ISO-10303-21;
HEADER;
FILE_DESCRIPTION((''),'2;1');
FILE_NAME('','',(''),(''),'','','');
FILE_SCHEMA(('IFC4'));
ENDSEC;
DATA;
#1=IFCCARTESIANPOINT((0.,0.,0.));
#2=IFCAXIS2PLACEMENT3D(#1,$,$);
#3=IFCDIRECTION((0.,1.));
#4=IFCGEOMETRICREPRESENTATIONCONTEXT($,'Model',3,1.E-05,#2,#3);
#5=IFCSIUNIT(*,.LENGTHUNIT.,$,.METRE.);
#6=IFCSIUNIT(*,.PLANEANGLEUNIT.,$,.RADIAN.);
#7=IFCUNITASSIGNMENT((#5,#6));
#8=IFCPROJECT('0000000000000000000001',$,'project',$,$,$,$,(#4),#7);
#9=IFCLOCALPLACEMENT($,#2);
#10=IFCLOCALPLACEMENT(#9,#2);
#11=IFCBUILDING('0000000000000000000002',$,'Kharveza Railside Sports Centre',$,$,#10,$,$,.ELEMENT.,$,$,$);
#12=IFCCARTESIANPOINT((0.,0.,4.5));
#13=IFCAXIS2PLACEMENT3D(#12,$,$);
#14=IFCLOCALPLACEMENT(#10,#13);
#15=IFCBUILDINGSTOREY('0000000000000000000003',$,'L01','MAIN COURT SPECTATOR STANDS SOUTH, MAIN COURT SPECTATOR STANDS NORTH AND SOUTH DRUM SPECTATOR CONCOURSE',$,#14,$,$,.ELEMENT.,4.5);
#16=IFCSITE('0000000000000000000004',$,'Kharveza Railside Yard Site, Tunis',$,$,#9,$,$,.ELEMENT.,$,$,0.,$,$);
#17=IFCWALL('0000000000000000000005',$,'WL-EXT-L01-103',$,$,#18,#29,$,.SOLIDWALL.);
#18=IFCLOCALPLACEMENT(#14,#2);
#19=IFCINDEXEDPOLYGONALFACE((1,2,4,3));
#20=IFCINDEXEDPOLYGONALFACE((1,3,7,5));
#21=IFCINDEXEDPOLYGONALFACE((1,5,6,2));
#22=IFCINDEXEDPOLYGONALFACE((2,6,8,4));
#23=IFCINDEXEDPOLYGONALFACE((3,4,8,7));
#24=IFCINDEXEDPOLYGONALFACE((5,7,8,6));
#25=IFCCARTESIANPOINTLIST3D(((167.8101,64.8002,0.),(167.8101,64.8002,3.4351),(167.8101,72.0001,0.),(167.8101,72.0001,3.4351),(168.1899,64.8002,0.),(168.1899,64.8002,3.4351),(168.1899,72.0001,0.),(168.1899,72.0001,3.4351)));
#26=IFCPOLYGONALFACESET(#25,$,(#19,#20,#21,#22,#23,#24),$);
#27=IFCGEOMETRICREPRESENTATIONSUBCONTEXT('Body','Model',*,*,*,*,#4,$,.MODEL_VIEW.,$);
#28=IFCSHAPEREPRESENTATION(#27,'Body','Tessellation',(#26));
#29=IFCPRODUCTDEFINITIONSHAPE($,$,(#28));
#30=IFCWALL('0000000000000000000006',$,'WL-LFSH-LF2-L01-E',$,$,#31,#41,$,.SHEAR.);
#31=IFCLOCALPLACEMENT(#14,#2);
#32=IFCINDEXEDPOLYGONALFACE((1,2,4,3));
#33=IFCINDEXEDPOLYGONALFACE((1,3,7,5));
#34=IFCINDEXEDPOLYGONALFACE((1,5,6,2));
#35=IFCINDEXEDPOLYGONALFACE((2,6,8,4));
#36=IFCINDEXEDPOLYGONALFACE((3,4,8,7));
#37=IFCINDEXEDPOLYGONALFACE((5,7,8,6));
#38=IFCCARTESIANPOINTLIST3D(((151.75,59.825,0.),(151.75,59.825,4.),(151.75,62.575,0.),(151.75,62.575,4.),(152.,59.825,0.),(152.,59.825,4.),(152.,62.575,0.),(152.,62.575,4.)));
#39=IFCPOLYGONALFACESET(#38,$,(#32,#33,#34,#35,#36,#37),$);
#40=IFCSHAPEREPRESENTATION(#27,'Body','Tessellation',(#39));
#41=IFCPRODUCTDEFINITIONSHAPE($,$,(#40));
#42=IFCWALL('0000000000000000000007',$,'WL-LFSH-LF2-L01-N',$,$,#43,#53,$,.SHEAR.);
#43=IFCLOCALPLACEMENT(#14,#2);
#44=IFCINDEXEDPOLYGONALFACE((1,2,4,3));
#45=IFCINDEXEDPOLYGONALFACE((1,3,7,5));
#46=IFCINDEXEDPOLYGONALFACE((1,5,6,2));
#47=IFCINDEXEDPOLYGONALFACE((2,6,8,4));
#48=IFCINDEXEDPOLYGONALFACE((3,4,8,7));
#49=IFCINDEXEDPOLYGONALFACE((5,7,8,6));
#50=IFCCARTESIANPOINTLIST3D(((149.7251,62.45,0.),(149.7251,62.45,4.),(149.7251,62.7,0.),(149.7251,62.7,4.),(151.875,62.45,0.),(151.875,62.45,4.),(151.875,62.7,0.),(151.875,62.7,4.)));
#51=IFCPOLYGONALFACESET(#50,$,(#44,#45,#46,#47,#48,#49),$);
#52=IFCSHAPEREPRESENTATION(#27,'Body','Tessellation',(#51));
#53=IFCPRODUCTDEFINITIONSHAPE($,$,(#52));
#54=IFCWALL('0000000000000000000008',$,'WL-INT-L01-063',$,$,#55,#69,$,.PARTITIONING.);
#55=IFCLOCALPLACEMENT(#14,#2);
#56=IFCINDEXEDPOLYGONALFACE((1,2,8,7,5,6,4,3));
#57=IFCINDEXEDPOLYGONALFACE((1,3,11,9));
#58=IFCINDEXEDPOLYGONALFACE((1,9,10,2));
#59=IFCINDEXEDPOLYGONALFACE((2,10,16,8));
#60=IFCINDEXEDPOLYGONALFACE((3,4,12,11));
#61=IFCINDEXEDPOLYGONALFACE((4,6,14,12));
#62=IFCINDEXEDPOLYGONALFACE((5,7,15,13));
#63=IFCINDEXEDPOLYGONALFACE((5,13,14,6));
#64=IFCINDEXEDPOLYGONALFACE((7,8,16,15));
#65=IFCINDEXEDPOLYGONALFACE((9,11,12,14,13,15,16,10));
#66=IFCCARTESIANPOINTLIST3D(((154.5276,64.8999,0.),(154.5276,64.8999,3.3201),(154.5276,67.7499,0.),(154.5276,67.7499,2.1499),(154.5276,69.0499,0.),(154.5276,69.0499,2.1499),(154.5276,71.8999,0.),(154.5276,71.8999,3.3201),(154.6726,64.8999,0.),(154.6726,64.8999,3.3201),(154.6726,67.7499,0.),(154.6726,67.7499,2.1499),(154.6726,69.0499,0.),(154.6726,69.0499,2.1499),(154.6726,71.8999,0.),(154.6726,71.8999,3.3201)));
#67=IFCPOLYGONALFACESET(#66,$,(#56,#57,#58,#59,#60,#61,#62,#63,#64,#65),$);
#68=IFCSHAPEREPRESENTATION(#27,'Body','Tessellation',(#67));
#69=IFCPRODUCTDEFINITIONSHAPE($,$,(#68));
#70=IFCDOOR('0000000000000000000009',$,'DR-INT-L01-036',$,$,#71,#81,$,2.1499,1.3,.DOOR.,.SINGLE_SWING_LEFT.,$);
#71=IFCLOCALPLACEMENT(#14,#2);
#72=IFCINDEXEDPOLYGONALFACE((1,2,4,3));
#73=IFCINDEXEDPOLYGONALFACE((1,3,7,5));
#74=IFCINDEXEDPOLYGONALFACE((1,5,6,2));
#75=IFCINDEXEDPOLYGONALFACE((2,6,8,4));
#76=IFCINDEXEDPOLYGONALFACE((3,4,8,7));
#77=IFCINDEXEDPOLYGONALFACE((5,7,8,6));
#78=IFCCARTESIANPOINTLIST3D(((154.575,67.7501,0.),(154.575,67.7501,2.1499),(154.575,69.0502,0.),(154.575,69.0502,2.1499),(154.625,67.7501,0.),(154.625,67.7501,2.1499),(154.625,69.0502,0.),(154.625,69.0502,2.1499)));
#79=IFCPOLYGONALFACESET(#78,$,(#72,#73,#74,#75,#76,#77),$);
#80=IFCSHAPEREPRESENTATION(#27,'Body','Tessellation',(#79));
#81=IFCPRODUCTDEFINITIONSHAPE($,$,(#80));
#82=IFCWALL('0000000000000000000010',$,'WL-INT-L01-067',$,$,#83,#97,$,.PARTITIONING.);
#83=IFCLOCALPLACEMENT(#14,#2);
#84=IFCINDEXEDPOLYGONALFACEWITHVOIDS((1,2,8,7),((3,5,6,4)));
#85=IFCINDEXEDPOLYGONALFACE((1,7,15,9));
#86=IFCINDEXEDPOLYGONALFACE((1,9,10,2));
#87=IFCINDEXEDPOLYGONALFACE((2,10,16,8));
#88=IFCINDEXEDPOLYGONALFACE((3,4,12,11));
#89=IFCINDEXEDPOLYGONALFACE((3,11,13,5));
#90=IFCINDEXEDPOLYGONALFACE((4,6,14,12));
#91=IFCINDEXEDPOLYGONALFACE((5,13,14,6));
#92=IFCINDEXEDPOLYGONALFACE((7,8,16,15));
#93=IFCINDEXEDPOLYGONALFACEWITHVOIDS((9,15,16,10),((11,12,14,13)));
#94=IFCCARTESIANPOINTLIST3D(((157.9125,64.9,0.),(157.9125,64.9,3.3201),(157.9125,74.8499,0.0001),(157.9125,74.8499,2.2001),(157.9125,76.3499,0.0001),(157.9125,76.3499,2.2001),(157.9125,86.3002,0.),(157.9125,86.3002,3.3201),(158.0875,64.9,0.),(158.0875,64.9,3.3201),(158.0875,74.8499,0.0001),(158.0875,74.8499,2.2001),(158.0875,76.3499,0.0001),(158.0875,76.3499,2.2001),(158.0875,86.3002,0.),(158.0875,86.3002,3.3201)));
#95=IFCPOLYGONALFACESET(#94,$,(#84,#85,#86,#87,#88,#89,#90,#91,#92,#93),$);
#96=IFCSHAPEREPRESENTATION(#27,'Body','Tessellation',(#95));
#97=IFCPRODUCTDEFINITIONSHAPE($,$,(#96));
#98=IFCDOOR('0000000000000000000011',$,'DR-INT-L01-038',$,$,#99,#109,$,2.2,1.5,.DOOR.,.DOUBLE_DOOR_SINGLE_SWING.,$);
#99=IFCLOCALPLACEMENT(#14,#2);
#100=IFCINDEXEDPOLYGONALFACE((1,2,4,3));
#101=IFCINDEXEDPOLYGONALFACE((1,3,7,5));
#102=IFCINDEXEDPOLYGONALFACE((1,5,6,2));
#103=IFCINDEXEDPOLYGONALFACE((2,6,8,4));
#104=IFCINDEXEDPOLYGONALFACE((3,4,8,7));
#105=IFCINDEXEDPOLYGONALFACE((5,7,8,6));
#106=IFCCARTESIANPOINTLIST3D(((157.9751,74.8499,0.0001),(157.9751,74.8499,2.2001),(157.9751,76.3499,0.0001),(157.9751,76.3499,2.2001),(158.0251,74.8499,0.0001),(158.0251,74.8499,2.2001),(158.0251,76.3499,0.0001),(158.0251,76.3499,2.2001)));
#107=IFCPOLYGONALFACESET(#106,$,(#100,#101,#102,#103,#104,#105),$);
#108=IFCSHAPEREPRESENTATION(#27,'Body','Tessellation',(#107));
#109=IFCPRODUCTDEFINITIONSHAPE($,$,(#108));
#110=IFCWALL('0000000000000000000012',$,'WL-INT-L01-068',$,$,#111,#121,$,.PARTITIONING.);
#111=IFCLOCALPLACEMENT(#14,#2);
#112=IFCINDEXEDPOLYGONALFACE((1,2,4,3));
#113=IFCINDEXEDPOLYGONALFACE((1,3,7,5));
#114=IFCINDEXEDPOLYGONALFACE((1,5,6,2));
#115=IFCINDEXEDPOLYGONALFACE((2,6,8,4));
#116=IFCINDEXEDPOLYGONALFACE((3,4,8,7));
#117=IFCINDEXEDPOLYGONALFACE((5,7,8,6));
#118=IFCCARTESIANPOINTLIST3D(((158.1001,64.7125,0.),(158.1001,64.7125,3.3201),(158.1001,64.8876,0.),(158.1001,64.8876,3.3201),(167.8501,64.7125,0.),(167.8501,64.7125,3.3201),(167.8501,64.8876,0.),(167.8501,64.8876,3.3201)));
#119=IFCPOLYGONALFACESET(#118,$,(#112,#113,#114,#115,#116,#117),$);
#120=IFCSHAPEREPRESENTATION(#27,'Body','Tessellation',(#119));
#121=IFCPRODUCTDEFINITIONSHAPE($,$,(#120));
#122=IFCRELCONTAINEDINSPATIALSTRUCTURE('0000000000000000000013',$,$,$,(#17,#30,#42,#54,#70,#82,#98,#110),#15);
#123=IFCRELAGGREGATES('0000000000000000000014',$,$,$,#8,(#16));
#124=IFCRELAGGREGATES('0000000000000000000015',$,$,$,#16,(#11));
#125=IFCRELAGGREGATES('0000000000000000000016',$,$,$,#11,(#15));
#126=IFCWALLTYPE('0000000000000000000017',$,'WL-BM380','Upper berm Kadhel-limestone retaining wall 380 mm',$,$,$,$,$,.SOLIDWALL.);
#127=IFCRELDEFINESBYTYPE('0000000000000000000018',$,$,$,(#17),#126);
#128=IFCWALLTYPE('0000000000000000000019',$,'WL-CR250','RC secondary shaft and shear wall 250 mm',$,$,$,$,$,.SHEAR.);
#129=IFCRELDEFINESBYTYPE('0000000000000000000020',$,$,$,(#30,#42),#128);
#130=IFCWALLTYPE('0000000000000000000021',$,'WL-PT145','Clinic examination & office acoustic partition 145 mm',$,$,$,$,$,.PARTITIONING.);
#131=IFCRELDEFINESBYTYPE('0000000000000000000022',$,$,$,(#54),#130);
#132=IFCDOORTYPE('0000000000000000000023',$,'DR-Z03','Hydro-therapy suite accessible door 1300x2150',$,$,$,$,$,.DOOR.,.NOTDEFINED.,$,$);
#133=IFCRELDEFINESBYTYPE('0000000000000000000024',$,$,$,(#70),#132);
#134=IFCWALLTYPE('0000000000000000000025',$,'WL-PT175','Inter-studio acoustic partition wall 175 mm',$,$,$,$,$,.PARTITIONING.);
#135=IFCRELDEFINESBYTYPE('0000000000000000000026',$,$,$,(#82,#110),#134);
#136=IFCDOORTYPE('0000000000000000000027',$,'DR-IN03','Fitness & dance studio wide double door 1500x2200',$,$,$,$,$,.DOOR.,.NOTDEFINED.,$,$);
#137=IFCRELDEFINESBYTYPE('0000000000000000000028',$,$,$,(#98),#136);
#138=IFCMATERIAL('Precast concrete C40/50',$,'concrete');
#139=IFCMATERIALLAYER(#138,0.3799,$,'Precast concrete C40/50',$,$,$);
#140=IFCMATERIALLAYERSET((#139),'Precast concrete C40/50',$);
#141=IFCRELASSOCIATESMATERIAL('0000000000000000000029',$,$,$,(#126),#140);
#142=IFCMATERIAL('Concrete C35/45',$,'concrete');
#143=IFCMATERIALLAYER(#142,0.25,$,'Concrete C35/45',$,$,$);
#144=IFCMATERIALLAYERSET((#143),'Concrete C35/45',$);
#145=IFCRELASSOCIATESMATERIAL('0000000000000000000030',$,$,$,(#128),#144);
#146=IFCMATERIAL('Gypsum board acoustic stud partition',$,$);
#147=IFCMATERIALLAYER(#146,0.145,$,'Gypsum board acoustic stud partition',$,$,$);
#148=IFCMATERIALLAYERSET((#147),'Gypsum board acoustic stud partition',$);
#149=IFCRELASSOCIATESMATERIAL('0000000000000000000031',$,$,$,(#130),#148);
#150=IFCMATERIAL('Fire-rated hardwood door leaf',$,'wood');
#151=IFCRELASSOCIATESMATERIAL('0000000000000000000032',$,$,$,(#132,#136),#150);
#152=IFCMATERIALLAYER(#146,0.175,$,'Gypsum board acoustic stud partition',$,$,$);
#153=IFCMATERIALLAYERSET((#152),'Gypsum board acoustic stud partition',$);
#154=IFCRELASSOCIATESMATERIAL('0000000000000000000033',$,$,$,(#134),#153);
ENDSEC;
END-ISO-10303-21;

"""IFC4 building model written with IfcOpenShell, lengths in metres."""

from ifc_helpers import new_model, si_unit, direction, frame, frame_2d, origin, place, context, subcontext, project, spatial, rectangle, extrude, material, layer, layer_set, type_object, element, fill, save


model = new_model("IFC4")

# Units and contexts
model_context = context("Model", 3, precision=1e-05, world=origin(), true_north=direction((0.0, 1.0)))
body_context = subcontext(model_context, "Body", "Model", "MODEL_VIEW")
ifc_project = project(units=[si_unit("LENGTHUNIT", "METRE"), si_unit("PLANEANGLEUNIT", "RADIAN")], contexts=[model_context])

# Site, building, storey
site_placement = place(None, origin())
site = spatial("IfcSite", under=ifc_project, at=site_placement, Name="Kharveza Railside Yard Site, Tunis", CompositionType="ELEMENT", RefElevation=0.0)
building_placement = place(site_placement, origin())
building = spatial("IfcBuilding", under=site, at=building_placement, Name="Kharveza Railside Sports Centre", CompositionType="ELEMENT")
storey_placement = place(building_placement, frame((0.0, 0.0, 4.5)))
storey = spatial("IfcBuildingStorey", under=building, at=storey_placement, Name="L01", Description="MAIN COURT SPECTATOR STANDS SOUTH, MAIN COURT SPECTATOR STANDS NORTH AND SOUTH DRUM SPECTATOR CONCOURSE", CompositionType="ELEMENT", Elevation=4.5)

# Walls
ifc_material_1 = material(Name="Precast concrete C40/50", Category="concrete")
ifc_layer_1 = layer(ifc_material_1, 0.3799, Name="Precast concrete C40/50")
ifc_layer_set_1 = layer_set([ifc_layer_1], Name="Precast concrete C40/50")
wall_type_1 = type_object("IfcWallType", Name="WL-BM380", Description="Upper berm Kadhel-limestone retaining wall 380 mm", PredefinedType="SOLIDWALL", material=ifc_layer_set_1)
wall_1_placement = place(storey_placement, frame((168.0, 64.8, 0.0), z_axis=(0.0, 0.0, 1.0), x_axis=(0.0, 1.0, 0.0)))
element("IfcWall", 1, at=wall_1_placement, inside=storey, type_object=wall_type_1, Name="WL-EXT-L01-103", PredefinedType="SOLIDWALL", context=body_context, shape_type="SweptSolid", body=[
    extrude(rectangle(XDim=7.2, YDim=0.3799, at=frame_2d((3.6001, 0.0))), origin(), (0.0, 0.0, 1.0), 3.4351),
])
ifc_material_2 = material(Name="Concrete C35/45", Category="concrete")
ifc_layer_2 = layer(ifc_material_2, 0.25, Name="Concrete C35/45")
ifc_layer_set_2 = layer_set([ifc_layer_2], Name="Concrete C35/45")
wall_type_2 = type_object("IfcWallType", Name="WL-CR250", Description="RC secondary shaft and shear wall 250 mm", PredefinedType="SHEAR", material=ifc_layer_set_2)
wall_2_placement = place(storey_placement, frame((151.875, 59.825, 0.0), z_axis=(0.0, 0.0, 1.0), x_axis=(0.0, 1.0, 0.0)))
element("IfcWall", 2, at=wall_2_placement, inside=storey, type_object=wall_type_2, Name="WL-LFSH-LF2-L01-E", PredefinedType="SHEAR", context=body_context, shape_type="SweptSolid", body=[
    extrude(rectangle(XDim=2.75, YDim=0.25, at=frame_2d((1.375, 0.0))), origin(), (0.0, 0.0, 1.0), 4.0),
])
wall_3_placement = place(storey_placement, frame((151.875, 62.575, 0.0), z_axis=(0.0, 0.0, 1.0), x_axis=(-1.0, 0.0, 0.0)))
element("IfcWall", 3, at=wall_3_placement, inside=storey, type_object=wall_type_2, Name="WL-LFSH-LF2-L01-N", PredefinedType="SHEAR", context=body_context, shape_type="SweptSolid", body=[
    extrude(rectangle(XDim=2.1499, YDim=0.25, at=frame_2d((1.075, 0.0))), origin(), (0.0, 0.0, 1.0), 4.0),
])

# Walls, openings, doors
ifc_material_3 = material(Name="Gypsum board acoustic stud partition")
ifc_layer_3 = layer(ifc_material_3, 0.145, Name="Gypsum board acoustic stud partition")
ifc_layer_set_3 = layer_set([ifc_layer_3], Name="Gypsum board acoustic stud partition")
wall_type_3 = type_object("IfcWallType", Name="WL-PT145", Description="Clinic examination & office acoustic partition 145 mm", PredefinedType="PARTITIONING", material=ifc_layer_set_3)
wall_4_placement = place(storey_placement, frame((154.6001, 64.8999, 0.0), z_axis=(0.0, 0.0, 1.0), x_axis=(0.0, 1.0, 0.0)))
wall_4 = element("IfcWall", 4, at=wall_4_placement, inside=storey, type_object=wall_type_3, Name="WL-INT-L01-063", PredefinedType="PARTITIONING", context=body_context, shape_type="SweptSolid", body=[
    extrude(rectangle(XDim=7.0, YDim=0.145, at=frame_2d((3.5, 0.0))), origin(), (0.0, 0.0, 1.0), 3.3201),
])
opening_1_placement = place(wall_4_placement, frame((2.8501, 0.0, 0.0)))
opening_1 = element("IfcOpeningElement", 5, at=opening_1_placement, cuts=wall_4, PredefinedType="OPENING", context=body_context, shape_type="SweptSolid", body=[
    extrude(rectangle(XDim=1.3, YDim=2.1499, at=frame_2d((0.6499, 1.075))), frame((0.0, 0.0974, 0.0), z_axis=(0.0, -1.0, 0.0), x_axis=(1.0, 0.0, 0.0)), (0.0, 0.0, 1.0), 0.1948),
])
ifc_material_4 = material(Name="Fire-rated hardwood door leaf", Category="wood")
door_type_1 = type_object("IfcDoorType", Name="DR-Z03", Description="Hydro-therapy suite accessible door 1300x2150", OperationType="NOTDEFINED", PredefinedType="DOOR", material=ifc_material_4)
door_1_placement = place(opening_1_placement, frame((1.3, 0.0, 0.0), z_axis=(0.0, 0.0, 1.0), x_axis=(-1.0, 0.0, 0.0)))
door_1 = element("IfcDoor", 6, at=door_1_placement, inside=storey, type_object=door_type_1, Name="DR-INT-L01-036", OperationType="SINGLE_SWING_LEFT", OverallHeight=2.1499, OverallWidth=1.3, PredefinedType="DOOR", context=body_context, shape_type="SweptSolid", body=[
    extrude(rectangle(XDim=1.3, YDim=2.1499, at=frame_2d((0.6499, 1.075))), frame((0.0, 0.0249, 0.0), z_axis=(0.0, -1.0, 0.0), x_axis=(1.0, 0.0, 0.0)), (0.0, 0.0, 1.0), 0.05),
])
fill(opening_1, door_1)
ifc_layer_4 = layer(ifc_material_3, 0.175, Name="Gypsum board acoustic stud partition")
ifc_layer_set_4 = layer_set([ifc_layer_4], Name="Gypsum board acoustic stud partition")
wall_type_4 = type_object("IfcWallType", Name="WL-PT175", Description="Inter-studio acoustic partition wall 175 mm", PredefinedType="PARTITIONING", material=ifc_layer_set_4)
wall_5_placement = place(storey_placement, frame((158.0, 64.8999, 0.0), z_axis=(0.0, 0.0, 1.0), x_axis=(0.0, 1.0, 0.0)))
wall_5 = element("IfcWall", 7, at=wall_5_placement, inside=storey, type_object=wall_type_4, Name="WL-INT-L01-067", PredefinedType="PARTITIONING", context=body_context, shape_type="SweptSolid", body=[
    extrude(rectangle(XDim=21.4001, YDim=0.175, at=frame_2d((10.7002, 0.0))), origin(), (0.0, 0.0, 1.0), 3.3201),
])
opening_2_placement = place(wall_5_placement, frame((9.95, 0.0, 0.0)))
opening_2 = element("IfcOpeningElement", 8, at=opening_2_placement, cuts=wall_5, PredefinedType="OPENING", context=body_context, shape_type="SweptSolid", body=[
    extrude(rectangle(XDim=1.5, YDim=2.2, at=frame_2d((0.75, 1.1001))), frame((0.0, 0.1123, 0.0), z_axis=(0.0, -1.0, 0.0), x_axis=(1.0, 0.0, 0.0)), (0.0, 0.0, 1.0), 0.2249),
])
door_type_2 = type_object("IfcDoorType", Name="DR-IN03", Description="Fitness & dance studio wide double door 1500x2200", OperationType="NOTDEFINED", PredefinedType="DOOR", material=ifc_material_4)
door_2_placement = place(opening_2_placement, origin())
door_2 = element("IfcDoor", 9, at=door_2_placement, inside=storey, type_object=door_type_2, Name="DR-INT-L01-038", OperationType="DOUBLE_DOOR_SINGLE_SWING", OverallHeight=2.2, OverallWidth=1.5, PredefinedType="DOOR", context=body_context, shape_type="SweptSolid", body=[
    extrude(rectangle(XDim=1.5, YDim=2.2, at=frame_2d((0.75, 1.1001))), frame((0.0, 0.0249, 0.0), z_axis=(0.0, -1.0, 0.0), x_axis=(1.0, 0.0, 0.0)), (0.0, 0.0, 1.0), 0.05),
])
fill(opening_2, door_2)

# Wall
wall_6_placement = place(storey_placement, frame((158.1001, 64.8, 0.0), z_axis=(0.0, 0.0, 1.0), x_axis=(1.0, 0.0, 0.0)))
element("IfcWall", 10, at=wall_6_placement, inside=storey, type_object=wall_type_4, Name="WL-INT-L01-068", PredefinedType="PARTITIONING", context=body_context, shape_type="SweptSolid", body=[
    extrude(rectangle(XDim=9.75, YDim=0.175, at=frame_2d((4.875, 0.0))), origin(), (0.0, 0.0, 1.0), 3.3201),
])

save(model, "model.ifc")
